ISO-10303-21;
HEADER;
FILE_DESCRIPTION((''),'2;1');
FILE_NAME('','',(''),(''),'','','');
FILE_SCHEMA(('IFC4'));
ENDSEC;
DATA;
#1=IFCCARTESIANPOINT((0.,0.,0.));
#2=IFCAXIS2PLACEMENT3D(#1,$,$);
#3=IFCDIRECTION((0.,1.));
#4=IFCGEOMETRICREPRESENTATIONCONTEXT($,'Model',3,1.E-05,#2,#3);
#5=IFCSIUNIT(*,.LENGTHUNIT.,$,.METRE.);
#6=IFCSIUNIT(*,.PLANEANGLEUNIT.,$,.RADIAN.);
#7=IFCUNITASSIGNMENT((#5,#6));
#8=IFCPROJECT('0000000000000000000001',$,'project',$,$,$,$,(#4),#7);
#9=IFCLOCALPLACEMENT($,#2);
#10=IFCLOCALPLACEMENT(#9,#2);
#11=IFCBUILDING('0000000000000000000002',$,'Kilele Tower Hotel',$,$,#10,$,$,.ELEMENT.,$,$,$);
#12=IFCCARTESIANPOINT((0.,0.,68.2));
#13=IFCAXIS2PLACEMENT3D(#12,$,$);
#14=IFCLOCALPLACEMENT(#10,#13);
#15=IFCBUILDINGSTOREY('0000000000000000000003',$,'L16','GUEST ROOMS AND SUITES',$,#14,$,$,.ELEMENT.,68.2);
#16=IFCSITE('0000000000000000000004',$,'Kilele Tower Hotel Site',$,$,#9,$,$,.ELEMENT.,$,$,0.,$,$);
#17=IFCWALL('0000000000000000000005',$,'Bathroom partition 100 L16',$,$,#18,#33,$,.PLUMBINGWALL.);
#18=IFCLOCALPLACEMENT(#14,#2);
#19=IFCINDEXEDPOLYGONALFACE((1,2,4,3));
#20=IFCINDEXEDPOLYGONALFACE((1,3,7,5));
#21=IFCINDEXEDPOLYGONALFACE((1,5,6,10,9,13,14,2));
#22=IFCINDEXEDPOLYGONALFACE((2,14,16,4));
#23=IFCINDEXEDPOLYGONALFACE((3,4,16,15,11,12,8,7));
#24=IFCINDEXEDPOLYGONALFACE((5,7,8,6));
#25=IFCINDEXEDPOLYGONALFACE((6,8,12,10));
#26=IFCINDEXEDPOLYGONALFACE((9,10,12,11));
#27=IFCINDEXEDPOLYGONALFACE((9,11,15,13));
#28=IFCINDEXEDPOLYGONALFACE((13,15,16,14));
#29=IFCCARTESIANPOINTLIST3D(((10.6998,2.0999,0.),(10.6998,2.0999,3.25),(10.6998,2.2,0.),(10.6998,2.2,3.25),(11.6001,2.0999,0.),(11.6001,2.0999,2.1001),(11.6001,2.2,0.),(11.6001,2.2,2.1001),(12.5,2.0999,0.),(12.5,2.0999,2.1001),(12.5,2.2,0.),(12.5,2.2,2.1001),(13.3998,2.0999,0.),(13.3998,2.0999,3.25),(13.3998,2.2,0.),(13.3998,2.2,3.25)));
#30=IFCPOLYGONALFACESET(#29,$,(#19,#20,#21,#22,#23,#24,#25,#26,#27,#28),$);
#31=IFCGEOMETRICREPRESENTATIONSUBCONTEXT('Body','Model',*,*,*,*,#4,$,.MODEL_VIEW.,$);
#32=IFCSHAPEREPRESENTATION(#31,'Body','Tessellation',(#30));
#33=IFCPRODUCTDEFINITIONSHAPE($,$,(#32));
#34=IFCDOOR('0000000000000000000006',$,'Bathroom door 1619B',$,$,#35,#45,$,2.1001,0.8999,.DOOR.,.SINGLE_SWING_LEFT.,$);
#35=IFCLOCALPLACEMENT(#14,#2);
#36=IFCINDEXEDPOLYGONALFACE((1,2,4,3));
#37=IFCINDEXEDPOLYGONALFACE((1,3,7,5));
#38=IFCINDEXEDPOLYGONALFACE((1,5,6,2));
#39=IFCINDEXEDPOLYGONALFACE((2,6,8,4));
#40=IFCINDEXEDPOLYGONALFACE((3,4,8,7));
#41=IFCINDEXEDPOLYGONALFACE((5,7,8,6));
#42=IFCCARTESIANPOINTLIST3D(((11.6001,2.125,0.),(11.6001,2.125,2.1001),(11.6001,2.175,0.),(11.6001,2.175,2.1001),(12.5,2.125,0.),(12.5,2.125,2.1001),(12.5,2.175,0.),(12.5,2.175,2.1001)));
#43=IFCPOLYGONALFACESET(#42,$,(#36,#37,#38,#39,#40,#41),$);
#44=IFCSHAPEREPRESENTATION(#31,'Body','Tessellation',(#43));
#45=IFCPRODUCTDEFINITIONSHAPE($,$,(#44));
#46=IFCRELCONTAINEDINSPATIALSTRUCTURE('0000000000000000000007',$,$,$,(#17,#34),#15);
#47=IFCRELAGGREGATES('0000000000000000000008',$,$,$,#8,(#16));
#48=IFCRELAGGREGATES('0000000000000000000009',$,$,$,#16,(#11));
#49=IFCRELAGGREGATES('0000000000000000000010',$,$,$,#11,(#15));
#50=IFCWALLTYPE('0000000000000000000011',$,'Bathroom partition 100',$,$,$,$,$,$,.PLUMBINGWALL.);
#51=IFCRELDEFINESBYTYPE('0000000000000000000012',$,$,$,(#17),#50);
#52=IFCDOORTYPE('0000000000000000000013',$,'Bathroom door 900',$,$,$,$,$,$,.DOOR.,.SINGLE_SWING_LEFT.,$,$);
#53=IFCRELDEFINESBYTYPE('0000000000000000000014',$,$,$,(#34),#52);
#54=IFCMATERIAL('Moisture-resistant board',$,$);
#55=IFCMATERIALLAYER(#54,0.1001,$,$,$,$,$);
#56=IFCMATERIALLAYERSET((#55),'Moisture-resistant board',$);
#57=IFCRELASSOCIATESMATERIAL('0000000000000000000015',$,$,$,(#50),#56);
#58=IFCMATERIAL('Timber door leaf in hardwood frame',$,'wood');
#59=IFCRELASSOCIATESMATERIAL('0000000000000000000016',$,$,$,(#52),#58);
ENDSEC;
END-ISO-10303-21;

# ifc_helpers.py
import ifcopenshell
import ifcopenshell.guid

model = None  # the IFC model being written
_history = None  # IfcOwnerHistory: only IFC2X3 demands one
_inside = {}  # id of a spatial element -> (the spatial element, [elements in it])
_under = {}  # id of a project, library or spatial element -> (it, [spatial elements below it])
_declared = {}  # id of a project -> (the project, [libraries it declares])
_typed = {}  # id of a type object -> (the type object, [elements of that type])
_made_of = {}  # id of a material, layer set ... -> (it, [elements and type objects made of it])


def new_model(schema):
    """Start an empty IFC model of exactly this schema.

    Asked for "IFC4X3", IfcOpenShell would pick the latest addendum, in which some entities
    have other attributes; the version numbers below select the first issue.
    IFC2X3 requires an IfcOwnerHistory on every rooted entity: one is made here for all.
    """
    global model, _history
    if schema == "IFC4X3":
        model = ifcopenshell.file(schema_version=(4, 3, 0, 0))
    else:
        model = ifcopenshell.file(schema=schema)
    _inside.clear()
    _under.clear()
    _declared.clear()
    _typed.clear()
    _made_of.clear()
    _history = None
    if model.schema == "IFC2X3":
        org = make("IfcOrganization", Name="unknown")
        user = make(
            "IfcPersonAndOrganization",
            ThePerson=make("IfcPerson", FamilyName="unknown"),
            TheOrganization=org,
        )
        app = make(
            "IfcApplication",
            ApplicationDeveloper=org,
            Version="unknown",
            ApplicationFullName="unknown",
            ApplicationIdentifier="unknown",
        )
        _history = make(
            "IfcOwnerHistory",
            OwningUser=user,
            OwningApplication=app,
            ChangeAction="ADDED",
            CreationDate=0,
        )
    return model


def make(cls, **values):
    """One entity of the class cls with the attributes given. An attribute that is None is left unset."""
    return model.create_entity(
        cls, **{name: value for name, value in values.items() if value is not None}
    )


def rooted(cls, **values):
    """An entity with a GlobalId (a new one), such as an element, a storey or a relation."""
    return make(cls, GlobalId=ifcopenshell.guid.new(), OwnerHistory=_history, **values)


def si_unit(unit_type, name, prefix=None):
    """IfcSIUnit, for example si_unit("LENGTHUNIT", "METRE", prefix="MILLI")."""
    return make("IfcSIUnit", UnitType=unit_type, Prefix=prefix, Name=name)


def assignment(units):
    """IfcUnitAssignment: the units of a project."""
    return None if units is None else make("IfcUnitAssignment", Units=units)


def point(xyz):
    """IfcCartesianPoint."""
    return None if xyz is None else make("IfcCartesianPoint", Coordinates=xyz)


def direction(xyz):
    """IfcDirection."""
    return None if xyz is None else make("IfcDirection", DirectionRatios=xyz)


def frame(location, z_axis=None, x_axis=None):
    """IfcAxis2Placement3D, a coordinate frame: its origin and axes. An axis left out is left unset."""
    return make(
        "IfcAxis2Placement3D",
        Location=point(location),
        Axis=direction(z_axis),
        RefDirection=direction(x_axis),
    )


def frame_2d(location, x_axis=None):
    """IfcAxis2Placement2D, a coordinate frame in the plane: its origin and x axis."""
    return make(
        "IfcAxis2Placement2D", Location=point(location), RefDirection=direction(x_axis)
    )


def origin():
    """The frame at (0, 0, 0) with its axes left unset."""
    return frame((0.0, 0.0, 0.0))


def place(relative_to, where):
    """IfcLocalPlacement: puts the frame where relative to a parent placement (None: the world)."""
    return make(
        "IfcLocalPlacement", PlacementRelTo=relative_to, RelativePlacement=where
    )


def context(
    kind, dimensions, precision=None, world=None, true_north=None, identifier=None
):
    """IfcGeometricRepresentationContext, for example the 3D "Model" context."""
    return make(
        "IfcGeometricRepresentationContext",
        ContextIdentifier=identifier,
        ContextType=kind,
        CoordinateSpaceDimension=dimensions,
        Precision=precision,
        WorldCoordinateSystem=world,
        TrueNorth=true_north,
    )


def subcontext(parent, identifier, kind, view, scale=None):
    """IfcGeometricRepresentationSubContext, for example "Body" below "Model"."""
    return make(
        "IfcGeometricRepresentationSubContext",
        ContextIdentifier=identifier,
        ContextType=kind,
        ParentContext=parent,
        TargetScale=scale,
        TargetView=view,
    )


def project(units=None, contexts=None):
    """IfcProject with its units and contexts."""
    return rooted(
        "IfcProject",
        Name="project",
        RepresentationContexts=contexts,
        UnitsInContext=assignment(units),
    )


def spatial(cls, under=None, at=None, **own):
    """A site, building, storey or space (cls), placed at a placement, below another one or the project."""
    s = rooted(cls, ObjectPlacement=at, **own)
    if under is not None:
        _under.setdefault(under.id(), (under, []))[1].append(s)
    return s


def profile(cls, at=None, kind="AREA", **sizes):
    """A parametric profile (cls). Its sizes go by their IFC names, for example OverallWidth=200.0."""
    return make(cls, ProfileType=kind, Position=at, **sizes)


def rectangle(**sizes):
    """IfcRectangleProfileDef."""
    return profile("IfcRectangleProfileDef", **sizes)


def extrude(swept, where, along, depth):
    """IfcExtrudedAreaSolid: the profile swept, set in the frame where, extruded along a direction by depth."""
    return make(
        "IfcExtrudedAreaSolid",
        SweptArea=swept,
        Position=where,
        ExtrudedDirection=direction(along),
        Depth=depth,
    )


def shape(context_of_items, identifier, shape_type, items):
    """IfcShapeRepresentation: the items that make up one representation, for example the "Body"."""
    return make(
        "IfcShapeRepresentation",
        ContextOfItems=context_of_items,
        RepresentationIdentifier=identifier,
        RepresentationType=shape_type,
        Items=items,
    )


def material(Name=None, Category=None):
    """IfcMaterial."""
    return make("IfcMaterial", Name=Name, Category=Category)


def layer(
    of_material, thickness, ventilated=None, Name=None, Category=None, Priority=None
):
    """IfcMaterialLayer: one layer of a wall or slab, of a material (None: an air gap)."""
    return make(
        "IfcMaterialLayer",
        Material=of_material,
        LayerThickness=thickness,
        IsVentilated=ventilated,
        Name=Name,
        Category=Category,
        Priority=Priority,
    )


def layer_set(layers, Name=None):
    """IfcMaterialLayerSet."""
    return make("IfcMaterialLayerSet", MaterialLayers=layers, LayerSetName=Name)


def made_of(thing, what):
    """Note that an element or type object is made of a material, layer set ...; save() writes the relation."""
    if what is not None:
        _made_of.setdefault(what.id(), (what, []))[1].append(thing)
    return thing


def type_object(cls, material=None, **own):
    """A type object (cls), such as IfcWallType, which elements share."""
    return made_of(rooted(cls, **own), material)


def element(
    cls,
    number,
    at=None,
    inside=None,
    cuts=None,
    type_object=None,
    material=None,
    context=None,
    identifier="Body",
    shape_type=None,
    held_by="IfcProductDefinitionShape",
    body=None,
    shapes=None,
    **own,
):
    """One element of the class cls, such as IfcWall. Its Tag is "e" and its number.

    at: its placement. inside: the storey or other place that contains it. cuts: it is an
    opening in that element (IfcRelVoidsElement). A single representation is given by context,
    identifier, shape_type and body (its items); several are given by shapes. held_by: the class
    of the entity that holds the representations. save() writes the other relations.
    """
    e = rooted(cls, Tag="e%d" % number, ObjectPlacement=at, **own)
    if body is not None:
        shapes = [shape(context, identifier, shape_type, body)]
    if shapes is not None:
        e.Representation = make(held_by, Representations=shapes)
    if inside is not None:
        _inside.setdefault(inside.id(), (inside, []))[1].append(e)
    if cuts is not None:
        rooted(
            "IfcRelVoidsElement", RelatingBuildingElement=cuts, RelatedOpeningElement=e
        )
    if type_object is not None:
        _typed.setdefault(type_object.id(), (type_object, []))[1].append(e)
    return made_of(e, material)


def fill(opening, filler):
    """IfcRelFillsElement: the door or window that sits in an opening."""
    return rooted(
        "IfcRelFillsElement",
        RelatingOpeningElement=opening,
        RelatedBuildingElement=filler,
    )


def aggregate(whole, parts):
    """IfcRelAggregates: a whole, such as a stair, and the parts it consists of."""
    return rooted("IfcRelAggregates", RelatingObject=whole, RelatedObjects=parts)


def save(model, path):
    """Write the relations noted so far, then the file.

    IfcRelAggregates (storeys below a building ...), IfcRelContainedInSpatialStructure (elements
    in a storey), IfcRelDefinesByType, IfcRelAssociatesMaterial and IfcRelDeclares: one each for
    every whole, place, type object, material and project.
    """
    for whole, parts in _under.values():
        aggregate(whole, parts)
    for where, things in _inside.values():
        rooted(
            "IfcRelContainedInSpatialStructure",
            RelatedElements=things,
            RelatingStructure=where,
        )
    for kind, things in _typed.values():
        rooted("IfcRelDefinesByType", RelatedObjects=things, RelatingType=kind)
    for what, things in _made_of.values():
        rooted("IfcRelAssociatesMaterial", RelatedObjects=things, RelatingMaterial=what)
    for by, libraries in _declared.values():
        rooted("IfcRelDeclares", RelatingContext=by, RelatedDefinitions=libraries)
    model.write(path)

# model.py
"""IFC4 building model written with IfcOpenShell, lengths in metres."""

from ifc_helpers import new_model, si_unit, direction, frame, frame_2d, origin, place, context, subcontext, project, spatial, rectangle, extrude, material, layer, layer_set, type_object, element, fill, save


model = new_model("IFC4")

# Units and contexts
model_context = context("Model", 3, precision=1e-05, world=origin(), true_north=direction((0.0, 1.0)))
body_context = subcontext(model_context, "Body", "Model", "MODEL_VIEW")
ifc_project = project(units=[si_unit("LENGTHUNIT", "METRE"), si_unit("PLANEANGLEUNIT", "RADIAN")], contexts=[model_context])

# Site, building, storey
site_placement = place(None, origin())
site = spatial("IfcSite", under=ifc_project, at=site_placement, Name="Kilele Tower Hotel Site", CompositionType="ELEMENT", RefElevation=0.0)
building_placement = place(site_placement, origin())
building = spatial("IfcBuilding", under=site, at=building_placement, Name="Kilele Tower Hotel", CompositionType="ELEMENT")
storey_placement = place(building_placement, frame((0.0, 0.0, 68.2)))
storey = spatial("IfcBuildingStorey", under=building, at=storey_placement, Name="L16", Description="GUEST ROOMS AND SUITES", CompositionType="ELEMENT", Elevation=68.2)

# Shared definitions
ifc_material_1 = material(Name="Moisture-resistant board")
ifc_layer_1 = layer(ifc_material_1, 0.1001)
ifc_layer_set_1 = layer_set([ifc_layer_1], Name="Moisture-resistant board")
wall_type_1 = type_object("IfcWallType", Name="Bathroom partition 100", PredefinedType="PLUMBINGWALL", material=ifc_layer_set_1)

# Wall, opening, door
ifc_material_2 = material(Name="Timber door leaf in hardwood frame", Category="wood")
door_type_1 = type_object("IfcDoorType", Name="Bathroom door 900", OperationType="SINGLE_SWING_LEFT", PredefinedType="DOOR", material=ifc_material_2)
wall_1_placement = place(storey_placement, frame((13.3999, 2.1499, 0.0), z_axis=(0.0, 0.0, 1.0), x_axis=(-1.0, 0.0, 0.0)))
wall_1 = element("IfcWall", 1, at=wall_1_placement, inside=storey, type_object=wall_type_1, Name="Bathroom partition 100 L16", PredefinedType="PLUMBINGWALL", context=body_context, shape_type="SweptSolid", body=[
    extrude(rectangle(XDim=2.7, YDim=0.1001, at=frame_2d((1.3501, 0.0))), origin(), (0.0, 0.0, 1.0), 3.25),
])
opening_1_placement = place(wall_1_placement, frame((0.8999, 0.0, 0.0)))
opening_1 = element("IfcOpeningElement", 2, at=opening_1_placement, cuts=wall_1, PredefinedType="OPENING", context=body_context, shape_type="SweptSolid", body=[
    extrude(rectangle(XDim=0.8999, YDim=2.1001, at=frame_2d((0.45, 1.05))), frame((0.0, 0.0601, 0.0), z_axis=(0.0, -1.0, 0.0), x_axis=(1.0, 0.0, 0.0)), (0.0, 0.0, 1.0), 0.1201),
])
door_1_placement = place(opening_1_placement, origin())
door_1 = element("IfcDoor", 3, at=door_1_placement, inside=storey, type_object=door_type_1, Name="Bathroom door 1619B", OperationType="SINGLE_SWING_LEFT", OverallHeight=2.1001, OverallWidth=0.8999, PredefinedType="DOOR", context=body_context, shape_type="SweptSolid", body=[
    extrude(rectangle(XDim=0.8999, YDim=2.1001, at=frame_2d((0.45, 1.05))), frame((0.0, 0.0249, 0.0), z_axis=(0.0, -1.0, 0.0), x_axis=(1.0, 0.0, 0.0)), (0.0, 0.0, 1.0), 0.05),
])
fill(opening_1, door_1)

save(model, "model.ifc")
